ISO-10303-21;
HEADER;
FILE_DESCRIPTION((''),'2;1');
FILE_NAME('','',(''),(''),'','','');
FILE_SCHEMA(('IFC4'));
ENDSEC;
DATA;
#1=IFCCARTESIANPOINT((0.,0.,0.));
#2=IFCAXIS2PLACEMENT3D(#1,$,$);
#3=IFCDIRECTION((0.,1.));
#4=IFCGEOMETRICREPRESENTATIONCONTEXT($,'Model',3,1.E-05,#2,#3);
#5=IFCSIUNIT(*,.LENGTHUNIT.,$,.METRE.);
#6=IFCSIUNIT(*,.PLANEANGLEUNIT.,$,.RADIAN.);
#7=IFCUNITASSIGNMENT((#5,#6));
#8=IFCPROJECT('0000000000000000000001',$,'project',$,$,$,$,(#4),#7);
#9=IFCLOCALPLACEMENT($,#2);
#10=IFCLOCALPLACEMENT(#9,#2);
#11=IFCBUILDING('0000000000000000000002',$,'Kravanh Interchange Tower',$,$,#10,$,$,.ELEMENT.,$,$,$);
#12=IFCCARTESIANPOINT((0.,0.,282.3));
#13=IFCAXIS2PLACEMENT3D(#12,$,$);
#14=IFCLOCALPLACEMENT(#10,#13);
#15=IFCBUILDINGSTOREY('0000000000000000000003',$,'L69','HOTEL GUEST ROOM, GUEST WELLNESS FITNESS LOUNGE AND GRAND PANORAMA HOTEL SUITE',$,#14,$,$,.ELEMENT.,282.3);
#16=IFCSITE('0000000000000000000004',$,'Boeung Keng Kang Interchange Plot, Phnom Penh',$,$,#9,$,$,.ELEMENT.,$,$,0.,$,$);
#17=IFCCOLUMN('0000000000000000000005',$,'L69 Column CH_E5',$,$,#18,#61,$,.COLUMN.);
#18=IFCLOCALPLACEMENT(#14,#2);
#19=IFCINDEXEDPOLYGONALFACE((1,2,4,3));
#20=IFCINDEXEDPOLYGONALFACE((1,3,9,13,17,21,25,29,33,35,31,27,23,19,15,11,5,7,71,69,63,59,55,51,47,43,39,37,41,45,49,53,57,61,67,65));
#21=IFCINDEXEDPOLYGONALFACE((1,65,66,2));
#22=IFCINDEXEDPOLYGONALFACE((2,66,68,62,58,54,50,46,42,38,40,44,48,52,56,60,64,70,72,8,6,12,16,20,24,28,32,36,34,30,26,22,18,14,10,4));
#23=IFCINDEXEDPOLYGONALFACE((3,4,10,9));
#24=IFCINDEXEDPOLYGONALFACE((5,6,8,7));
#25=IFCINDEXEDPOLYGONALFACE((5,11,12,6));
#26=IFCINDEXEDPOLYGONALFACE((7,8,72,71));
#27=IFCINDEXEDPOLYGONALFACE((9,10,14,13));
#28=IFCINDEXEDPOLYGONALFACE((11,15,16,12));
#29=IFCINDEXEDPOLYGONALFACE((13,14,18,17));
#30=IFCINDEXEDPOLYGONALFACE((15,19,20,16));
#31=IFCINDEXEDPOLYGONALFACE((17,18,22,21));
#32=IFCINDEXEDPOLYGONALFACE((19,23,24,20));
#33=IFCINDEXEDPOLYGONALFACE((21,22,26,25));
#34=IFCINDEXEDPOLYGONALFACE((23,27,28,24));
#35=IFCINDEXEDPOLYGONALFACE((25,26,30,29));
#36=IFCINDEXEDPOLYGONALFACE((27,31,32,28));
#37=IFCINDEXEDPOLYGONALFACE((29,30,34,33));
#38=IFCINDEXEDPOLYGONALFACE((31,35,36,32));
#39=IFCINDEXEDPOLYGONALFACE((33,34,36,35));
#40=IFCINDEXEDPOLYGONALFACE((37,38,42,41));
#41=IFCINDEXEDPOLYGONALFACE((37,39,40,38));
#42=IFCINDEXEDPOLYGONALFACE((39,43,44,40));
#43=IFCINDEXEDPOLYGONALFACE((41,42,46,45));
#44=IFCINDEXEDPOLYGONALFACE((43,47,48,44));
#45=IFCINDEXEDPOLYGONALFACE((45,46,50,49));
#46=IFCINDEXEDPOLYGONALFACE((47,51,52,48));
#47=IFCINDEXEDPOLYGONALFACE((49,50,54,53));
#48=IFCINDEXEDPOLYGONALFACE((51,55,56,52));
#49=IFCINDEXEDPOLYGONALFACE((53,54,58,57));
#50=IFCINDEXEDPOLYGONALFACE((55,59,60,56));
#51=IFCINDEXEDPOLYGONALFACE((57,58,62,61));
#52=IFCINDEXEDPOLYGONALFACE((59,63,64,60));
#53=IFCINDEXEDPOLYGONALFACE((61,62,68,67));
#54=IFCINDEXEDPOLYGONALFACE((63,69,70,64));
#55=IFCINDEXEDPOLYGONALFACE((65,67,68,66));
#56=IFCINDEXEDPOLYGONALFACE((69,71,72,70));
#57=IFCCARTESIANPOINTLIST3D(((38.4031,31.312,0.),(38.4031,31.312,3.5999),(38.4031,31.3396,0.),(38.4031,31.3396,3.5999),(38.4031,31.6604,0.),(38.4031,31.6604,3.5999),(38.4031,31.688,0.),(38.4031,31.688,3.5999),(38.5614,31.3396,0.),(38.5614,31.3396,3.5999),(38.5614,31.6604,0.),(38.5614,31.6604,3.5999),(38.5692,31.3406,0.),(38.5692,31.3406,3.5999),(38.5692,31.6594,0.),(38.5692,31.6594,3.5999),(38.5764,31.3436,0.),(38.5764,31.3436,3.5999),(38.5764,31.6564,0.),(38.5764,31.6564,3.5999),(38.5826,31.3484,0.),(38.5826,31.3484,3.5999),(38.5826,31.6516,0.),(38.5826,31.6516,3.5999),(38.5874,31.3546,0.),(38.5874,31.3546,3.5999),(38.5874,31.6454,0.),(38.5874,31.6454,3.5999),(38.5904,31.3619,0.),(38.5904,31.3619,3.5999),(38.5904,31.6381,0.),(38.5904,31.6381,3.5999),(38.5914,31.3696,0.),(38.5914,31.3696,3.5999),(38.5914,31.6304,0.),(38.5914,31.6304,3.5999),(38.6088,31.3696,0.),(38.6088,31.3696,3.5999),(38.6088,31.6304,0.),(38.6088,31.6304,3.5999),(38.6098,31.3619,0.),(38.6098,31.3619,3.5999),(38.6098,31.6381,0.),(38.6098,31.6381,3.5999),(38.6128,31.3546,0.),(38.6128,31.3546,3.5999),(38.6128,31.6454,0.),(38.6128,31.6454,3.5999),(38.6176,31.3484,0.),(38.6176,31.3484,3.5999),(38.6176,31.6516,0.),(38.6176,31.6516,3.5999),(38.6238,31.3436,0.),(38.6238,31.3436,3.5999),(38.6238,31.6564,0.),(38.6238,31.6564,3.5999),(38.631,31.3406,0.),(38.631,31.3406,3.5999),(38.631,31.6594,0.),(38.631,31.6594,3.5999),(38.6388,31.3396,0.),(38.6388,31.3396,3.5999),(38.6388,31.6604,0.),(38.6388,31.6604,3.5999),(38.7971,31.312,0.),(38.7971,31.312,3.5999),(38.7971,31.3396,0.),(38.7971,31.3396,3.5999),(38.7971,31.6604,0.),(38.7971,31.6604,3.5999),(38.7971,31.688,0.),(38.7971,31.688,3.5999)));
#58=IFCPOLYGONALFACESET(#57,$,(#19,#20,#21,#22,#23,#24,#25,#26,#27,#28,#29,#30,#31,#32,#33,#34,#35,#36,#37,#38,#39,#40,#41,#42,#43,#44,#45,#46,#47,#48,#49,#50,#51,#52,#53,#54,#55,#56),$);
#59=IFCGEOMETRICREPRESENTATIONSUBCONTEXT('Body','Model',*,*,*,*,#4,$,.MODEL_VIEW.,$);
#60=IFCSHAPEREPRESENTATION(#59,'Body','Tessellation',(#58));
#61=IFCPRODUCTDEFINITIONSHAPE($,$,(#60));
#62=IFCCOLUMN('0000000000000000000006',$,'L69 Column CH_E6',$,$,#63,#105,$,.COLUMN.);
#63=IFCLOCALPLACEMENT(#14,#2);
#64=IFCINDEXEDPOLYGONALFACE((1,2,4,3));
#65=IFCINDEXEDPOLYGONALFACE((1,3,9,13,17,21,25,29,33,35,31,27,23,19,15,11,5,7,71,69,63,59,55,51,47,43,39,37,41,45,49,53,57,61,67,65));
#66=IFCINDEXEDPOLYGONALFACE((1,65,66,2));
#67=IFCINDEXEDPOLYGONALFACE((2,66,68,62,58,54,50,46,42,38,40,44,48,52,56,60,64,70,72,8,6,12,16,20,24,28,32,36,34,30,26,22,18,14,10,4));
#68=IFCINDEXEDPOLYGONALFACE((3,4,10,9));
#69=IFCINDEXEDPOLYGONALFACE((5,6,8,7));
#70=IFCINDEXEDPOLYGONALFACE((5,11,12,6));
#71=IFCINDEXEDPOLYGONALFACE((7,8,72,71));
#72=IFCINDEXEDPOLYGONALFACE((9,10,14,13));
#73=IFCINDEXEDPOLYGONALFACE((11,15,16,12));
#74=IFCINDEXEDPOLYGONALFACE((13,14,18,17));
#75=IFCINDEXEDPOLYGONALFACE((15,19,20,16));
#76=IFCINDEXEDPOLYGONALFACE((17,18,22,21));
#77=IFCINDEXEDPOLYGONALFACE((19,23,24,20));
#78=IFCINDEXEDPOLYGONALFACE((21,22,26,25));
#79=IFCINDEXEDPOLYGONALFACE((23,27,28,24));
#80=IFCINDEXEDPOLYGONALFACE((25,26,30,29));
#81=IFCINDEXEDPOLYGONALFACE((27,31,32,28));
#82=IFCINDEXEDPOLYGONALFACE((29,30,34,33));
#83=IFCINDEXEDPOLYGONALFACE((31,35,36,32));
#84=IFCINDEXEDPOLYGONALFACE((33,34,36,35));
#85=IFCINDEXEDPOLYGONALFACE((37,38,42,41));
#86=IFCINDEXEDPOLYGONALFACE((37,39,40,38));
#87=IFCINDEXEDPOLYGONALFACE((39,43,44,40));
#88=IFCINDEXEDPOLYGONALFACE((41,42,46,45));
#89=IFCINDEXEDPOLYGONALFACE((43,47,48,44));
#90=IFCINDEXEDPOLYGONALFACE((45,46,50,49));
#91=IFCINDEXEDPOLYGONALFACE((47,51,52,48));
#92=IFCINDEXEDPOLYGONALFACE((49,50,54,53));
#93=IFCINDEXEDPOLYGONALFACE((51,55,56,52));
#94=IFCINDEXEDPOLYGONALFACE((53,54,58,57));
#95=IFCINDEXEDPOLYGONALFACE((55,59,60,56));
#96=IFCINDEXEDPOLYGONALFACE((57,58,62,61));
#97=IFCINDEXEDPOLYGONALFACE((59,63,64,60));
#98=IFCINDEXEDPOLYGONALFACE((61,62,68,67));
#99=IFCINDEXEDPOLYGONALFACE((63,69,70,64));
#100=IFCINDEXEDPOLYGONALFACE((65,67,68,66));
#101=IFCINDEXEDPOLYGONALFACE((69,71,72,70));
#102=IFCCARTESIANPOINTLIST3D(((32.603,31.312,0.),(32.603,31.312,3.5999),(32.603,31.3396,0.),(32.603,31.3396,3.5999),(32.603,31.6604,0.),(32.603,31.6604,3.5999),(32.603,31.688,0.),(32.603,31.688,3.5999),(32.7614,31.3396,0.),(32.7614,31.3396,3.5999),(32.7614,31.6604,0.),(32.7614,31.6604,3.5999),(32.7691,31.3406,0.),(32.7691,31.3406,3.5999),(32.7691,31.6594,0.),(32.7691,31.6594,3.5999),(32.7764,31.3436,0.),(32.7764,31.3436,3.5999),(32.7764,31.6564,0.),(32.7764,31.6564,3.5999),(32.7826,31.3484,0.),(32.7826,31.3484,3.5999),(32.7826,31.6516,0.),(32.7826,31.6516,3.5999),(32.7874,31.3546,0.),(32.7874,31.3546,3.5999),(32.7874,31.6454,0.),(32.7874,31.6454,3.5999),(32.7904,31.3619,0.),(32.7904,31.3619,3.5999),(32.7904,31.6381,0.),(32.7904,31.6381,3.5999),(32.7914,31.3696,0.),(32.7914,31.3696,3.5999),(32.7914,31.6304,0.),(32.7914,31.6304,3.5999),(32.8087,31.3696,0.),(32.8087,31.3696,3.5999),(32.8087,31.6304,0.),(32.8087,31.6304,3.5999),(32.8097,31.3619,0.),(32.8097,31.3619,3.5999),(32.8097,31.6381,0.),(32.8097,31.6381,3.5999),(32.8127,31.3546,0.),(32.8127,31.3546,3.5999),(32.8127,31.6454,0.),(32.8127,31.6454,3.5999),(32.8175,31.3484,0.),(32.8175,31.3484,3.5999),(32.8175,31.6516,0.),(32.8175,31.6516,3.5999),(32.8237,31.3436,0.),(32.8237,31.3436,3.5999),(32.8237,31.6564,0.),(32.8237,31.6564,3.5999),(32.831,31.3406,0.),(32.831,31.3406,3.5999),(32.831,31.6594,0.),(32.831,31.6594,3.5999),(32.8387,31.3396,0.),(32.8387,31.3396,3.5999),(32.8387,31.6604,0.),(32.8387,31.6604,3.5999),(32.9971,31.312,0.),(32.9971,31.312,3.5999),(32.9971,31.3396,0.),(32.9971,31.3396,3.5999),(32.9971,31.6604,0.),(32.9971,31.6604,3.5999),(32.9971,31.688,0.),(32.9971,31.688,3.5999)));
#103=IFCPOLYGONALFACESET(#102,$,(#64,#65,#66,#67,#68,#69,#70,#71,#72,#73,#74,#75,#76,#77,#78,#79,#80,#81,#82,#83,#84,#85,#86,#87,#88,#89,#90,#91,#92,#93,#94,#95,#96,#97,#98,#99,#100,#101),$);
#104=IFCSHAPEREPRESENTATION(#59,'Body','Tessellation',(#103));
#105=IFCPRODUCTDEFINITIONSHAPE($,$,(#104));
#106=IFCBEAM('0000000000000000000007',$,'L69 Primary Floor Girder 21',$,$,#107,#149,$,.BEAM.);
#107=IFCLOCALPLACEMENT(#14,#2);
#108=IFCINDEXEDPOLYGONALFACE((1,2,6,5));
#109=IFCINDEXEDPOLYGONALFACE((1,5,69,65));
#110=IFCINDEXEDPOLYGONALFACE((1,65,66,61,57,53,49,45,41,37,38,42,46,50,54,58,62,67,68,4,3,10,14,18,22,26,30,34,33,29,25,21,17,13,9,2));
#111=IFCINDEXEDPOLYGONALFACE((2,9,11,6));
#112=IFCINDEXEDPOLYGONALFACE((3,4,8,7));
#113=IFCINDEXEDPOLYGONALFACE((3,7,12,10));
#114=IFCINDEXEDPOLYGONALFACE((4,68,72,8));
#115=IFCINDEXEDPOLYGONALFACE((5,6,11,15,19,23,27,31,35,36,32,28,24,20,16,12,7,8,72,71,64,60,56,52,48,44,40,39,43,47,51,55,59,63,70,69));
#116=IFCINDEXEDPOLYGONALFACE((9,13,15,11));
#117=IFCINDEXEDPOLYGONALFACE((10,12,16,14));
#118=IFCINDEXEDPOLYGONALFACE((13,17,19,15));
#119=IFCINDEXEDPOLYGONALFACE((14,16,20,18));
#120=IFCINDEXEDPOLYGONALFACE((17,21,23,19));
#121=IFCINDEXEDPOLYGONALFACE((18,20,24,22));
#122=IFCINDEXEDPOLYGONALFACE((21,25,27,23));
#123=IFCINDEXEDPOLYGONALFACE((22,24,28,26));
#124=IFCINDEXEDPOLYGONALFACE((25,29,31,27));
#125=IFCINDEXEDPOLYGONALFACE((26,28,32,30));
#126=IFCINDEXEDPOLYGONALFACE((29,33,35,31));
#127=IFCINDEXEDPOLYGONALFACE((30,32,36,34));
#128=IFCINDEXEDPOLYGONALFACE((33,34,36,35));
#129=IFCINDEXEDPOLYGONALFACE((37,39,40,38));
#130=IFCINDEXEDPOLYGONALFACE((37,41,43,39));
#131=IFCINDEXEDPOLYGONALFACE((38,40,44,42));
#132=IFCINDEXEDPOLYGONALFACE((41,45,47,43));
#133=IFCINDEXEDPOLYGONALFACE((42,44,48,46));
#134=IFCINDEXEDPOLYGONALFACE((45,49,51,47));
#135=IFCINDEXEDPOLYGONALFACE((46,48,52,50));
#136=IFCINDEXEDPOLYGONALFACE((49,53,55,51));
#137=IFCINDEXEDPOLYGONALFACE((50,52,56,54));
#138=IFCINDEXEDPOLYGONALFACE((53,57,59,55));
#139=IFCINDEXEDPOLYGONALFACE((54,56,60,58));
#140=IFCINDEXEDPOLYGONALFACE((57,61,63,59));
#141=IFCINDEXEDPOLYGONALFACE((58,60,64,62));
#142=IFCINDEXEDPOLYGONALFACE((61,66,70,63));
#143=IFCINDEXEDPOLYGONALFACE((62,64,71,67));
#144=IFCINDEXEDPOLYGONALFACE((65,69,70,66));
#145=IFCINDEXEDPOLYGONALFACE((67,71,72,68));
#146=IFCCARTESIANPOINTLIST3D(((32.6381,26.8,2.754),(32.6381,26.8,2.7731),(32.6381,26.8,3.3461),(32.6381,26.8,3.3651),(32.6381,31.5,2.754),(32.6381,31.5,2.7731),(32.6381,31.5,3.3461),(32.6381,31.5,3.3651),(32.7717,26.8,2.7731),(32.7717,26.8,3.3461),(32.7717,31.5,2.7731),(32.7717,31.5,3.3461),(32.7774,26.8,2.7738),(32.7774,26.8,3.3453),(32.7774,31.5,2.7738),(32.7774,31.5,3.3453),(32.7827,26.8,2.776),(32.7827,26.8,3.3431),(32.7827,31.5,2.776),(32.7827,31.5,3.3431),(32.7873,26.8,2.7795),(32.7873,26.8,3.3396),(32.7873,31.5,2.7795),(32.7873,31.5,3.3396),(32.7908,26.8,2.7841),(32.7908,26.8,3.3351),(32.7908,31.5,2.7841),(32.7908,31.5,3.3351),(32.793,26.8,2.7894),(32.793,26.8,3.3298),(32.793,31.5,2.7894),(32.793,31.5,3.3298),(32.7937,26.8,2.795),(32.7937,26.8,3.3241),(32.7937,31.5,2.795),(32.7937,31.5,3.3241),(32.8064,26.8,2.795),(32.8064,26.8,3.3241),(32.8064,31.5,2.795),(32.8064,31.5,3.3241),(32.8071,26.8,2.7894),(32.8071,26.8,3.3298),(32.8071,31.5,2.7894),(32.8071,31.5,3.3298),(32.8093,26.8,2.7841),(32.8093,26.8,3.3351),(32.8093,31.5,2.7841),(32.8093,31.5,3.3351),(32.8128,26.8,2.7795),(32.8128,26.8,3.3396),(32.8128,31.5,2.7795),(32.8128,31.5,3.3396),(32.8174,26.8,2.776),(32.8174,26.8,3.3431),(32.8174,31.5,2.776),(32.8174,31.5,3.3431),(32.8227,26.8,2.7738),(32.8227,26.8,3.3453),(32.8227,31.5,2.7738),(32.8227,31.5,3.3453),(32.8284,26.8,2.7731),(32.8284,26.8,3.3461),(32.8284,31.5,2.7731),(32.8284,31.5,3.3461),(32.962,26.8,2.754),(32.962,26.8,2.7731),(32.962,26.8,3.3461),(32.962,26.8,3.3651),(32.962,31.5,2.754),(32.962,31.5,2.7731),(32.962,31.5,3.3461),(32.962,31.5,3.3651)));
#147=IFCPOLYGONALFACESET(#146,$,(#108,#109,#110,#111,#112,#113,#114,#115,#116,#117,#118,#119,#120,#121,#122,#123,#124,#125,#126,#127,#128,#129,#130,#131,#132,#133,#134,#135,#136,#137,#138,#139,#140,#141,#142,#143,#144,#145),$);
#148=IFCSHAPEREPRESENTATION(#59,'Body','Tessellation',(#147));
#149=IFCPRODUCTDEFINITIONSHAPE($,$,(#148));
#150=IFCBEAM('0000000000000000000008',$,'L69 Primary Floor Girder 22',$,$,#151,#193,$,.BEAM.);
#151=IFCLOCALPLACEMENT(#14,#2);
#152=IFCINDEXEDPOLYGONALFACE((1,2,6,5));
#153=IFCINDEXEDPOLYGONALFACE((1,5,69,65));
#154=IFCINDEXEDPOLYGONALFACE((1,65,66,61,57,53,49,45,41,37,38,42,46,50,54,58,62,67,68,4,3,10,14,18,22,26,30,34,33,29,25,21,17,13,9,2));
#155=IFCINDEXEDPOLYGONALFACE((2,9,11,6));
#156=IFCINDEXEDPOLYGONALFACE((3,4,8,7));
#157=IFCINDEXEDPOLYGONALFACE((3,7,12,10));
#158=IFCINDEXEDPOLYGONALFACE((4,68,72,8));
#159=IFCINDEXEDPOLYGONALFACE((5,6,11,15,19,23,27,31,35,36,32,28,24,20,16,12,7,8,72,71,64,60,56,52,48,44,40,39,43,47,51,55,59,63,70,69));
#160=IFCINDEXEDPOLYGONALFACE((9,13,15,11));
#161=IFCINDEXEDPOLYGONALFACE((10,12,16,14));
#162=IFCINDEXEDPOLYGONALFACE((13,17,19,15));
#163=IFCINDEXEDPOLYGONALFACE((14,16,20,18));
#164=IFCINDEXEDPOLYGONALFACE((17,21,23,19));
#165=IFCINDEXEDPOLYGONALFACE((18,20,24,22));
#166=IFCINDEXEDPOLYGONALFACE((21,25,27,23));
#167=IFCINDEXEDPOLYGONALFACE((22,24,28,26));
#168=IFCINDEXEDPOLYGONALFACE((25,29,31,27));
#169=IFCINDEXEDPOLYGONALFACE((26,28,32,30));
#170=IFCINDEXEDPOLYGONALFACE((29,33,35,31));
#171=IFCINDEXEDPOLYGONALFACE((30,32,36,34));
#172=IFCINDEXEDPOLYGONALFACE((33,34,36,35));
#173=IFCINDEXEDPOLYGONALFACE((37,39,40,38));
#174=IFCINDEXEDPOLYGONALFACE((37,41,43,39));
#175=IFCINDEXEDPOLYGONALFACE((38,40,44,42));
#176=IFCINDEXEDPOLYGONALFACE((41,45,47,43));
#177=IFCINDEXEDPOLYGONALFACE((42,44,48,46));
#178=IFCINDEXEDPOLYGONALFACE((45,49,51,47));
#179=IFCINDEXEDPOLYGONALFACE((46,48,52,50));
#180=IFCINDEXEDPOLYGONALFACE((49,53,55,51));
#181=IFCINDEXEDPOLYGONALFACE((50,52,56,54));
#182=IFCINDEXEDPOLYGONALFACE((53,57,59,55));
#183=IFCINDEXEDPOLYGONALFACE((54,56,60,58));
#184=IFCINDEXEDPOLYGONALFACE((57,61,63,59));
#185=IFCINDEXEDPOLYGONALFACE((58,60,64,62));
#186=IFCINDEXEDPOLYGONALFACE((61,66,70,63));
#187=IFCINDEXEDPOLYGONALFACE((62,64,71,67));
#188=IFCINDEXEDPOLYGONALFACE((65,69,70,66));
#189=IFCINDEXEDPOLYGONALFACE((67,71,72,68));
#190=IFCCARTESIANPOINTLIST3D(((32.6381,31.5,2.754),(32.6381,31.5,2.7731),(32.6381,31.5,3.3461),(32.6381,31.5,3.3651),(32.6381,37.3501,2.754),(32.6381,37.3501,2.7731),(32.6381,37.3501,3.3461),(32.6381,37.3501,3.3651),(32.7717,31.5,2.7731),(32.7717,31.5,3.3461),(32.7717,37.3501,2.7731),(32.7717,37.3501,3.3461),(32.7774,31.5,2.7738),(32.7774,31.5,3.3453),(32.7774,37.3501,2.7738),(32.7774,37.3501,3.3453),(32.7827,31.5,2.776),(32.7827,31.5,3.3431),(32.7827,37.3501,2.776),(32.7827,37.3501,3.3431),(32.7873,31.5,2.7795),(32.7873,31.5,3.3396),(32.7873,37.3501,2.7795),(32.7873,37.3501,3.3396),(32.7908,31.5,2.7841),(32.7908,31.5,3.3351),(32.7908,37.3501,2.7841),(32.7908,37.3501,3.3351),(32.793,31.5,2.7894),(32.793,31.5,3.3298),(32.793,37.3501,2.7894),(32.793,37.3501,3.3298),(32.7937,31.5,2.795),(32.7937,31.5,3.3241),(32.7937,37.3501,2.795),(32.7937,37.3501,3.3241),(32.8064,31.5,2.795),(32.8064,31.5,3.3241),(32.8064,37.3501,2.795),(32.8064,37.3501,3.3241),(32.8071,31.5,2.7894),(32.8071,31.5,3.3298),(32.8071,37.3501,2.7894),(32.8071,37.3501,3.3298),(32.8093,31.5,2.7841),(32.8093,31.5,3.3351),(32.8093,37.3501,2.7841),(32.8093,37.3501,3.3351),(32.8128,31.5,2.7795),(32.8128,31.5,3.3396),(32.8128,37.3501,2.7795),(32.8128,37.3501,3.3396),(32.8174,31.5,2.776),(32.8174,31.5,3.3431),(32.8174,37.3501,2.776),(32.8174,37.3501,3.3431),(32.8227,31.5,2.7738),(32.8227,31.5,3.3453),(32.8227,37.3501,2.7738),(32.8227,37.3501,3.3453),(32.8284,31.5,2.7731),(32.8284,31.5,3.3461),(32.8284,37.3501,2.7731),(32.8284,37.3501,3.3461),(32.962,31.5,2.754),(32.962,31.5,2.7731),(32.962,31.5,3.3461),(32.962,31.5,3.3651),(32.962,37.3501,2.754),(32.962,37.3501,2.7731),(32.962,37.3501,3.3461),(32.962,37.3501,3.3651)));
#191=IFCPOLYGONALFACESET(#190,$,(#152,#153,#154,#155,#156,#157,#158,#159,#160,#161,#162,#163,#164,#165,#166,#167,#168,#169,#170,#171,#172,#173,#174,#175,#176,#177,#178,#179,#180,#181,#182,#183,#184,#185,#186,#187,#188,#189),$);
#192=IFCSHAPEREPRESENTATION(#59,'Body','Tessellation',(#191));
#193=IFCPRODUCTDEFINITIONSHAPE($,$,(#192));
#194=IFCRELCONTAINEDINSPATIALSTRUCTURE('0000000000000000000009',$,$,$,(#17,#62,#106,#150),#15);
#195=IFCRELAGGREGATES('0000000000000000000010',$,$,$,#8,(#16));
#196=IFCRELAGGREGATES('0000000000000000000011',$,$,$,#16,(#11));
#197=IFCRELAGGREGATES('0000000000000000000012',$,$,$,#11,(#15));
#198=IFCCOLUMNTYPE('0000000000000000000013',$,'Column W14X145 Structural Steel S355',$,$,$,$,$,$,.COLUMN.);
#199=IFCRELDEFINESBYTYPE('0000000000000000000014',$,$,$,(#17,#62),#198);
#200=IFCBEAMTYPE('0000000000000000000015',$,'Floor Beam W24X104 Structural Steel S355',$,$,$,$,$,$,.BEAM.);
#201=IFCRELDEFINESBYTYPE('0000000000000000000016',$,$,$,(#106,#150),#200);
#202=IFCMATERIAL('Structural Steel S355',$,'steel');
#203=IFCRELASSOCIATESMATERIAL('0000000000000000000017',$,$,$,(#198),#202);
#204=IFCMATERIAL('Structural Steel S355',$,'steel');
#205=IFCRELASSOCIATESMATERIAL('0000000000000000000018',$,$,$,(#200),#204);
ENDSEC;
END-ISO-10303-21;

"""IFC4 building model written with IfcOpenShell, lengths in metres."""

from ifc_helpers import new_model, si_unit, direction, frame, origin, origin_2d, place, context, subcontext, project, spatial, i_section, extrude, material, material_profile, profile_set, type_object, element, save


model = new_model("IFC4")

# Units and contexts
model_context = context("Model", 3, precision=1e-05, world=origin(), true_north=direction((0.0, 1.0)))
body_context = subcontext(model_context, "Body", "Model", "MODEL_VIEW")
ifc_project = project(units=[si_unit("LENGTHUNIT", "METRE"), si_unit("PLANEANGLEUNIT", "RADIAN")], contexts=[model_context])

# Site, building, storey
site_placement = place(None, origin())
site = spatial("IfcSite", under=ifc_project, at=site_placement, Name="Boeung Keng Kang Interchange Plot, Phnom Penh", CompositionType="ELEMENT", RefElevation=0.0)
building_placement = place(site_placement, origin())
building = spatial("IfcBuilding", under=site, at=building_placement, Name="Kravanh Interchange Tower", CompositionType="ELEMENT")
storey_placement = place(building_placement, frame((0.0, 0.0, 282.3)))
storey = spatial("IfcBuildingStorey", under=building, at=storey_placement, Name="L69", Description="HOTEL GUEST ROOM, GUEST WELLNESS FITNESS LOUNGE AND GRAND PANORAMA HOTEL SUITE", CompositionType="ELEMENT", Elevation=282.3)

# Columns
ifc_material_1 = material(Name="Structural Steel S355", Category="steel")
ifc_material_profile_1 = material_profile(ifc_material_1, i_section(OverallWidth=0.394, OverallDepth=0.376, WebThickness=0.0173, FlangeThickness=0.0276, FilletRadius=0.03, at=origin_2d()), Name="W14X145")
ifc_profile_set_1 = profile_set([ifc_material_profile_1], Name="Structural Steel S355")
column_type = type_object("IfcColumnType", Name="Column W14X145 Structural Steel S355", PredefinedType="COLUMN", material=ifc_profile_set_1)
for number, where, z_axis, x_axis, name in (
    (1, (38.6001, 31.5, 0.0), (0.0, 0.0, 1.0), (1.0, 0.0, 0.0), "L69 Column CH_E5"),
    (2, (32.8, 31.5, 0.0), (0.0, 0.0, 1.0), (1.0, 0.0, 0.0), "L69 Column CH_E6"),
):
    element("IfcColumn", number, at=place(storey_placement, frame(where, z_axis=z_axis, x_axis=x_axis)), inside=storey, type_object=column_type, Name=name, PredefinedType="COLUMN", context=body_context, shape_type="SweptSolid", body=[
        extrude(i_section(OverallWidth=0.394, OverallDepth=0.376, WebThickness=0.0173, FlangeThickness=0.0276, FilletRadius=0.03, at=origin_2d()), origin(), (0.0, 0.0, 1.0), 3.5999),
    ])

# Beams
ifc_material_2 = material(Name="Structural Steel S355", Category="steel")
ifc_material_profile_2 = material_profile(ifc_material_2, i_section(OverallWidth=0.324, OverallDepth=0.6111, WebThickness=0.0127, FlangeThickness=0.019, FilletRadius=0.022, at=origin_2d()), Name="W24X104")
ifc_profile_set_2 = profile_set([ifc_material_profile_2], Name="Structural Steel S355")
beam_type_1 = type_object("IfcBeamType", Name="Floor Beam W24X104 Structural Steel S355", PredefinedType="BEAM", material=ifc_profile_set_2)
beam_1_placement = place(storey_placement, frame((32.8, 31.5, 3.0596), z_axis=(0.0, -1.0, 0.0), x_axis=(1.0, 0.0, 0.0)))
element("IfcBeam", 3, at=beam_1_placement, inside=storey, type_object=beam_type_1, Name="L69 Primary Floor Girder 21", PredefinedType="BEAM", context=body_context, shape_type="SweptSolid", body=[
    extrude(i_section(OverallWidth=0.324, OverallDepth=0.6111, WebThickness=0.0127, FlangeThickness=0.019, FilletRadius=0.022, at=origin_2d()), origin(), (0.0, 0.0, 1.0), 4.7),
])
beam_2_placement = place(storey_placement, frame((32.8, 31.5, 3.0596), z_axis=(0.0, 1.0, 0.0), x_axis=(-1.0, 0.0, 0.0)))
element("IfcBeam", 4, at=beam_2_placement, inside=storey, type_object=beam_type_1, Name="L69 Primary Floor Girder 22", PredefinedType="BEAM", context=body_context, shape_type="SweptSolid", body=[
    extrude(i_section(OverallWidth=0.324, OverallDepth=0.6111, WebThickness=0.0127, FlangeThickness=0.019, FilletRadius=0.022, at=origin_2d()), origin(), (0.0, 0.0, 1.0), 5.8501),
])

save(model, "model.ifc")
